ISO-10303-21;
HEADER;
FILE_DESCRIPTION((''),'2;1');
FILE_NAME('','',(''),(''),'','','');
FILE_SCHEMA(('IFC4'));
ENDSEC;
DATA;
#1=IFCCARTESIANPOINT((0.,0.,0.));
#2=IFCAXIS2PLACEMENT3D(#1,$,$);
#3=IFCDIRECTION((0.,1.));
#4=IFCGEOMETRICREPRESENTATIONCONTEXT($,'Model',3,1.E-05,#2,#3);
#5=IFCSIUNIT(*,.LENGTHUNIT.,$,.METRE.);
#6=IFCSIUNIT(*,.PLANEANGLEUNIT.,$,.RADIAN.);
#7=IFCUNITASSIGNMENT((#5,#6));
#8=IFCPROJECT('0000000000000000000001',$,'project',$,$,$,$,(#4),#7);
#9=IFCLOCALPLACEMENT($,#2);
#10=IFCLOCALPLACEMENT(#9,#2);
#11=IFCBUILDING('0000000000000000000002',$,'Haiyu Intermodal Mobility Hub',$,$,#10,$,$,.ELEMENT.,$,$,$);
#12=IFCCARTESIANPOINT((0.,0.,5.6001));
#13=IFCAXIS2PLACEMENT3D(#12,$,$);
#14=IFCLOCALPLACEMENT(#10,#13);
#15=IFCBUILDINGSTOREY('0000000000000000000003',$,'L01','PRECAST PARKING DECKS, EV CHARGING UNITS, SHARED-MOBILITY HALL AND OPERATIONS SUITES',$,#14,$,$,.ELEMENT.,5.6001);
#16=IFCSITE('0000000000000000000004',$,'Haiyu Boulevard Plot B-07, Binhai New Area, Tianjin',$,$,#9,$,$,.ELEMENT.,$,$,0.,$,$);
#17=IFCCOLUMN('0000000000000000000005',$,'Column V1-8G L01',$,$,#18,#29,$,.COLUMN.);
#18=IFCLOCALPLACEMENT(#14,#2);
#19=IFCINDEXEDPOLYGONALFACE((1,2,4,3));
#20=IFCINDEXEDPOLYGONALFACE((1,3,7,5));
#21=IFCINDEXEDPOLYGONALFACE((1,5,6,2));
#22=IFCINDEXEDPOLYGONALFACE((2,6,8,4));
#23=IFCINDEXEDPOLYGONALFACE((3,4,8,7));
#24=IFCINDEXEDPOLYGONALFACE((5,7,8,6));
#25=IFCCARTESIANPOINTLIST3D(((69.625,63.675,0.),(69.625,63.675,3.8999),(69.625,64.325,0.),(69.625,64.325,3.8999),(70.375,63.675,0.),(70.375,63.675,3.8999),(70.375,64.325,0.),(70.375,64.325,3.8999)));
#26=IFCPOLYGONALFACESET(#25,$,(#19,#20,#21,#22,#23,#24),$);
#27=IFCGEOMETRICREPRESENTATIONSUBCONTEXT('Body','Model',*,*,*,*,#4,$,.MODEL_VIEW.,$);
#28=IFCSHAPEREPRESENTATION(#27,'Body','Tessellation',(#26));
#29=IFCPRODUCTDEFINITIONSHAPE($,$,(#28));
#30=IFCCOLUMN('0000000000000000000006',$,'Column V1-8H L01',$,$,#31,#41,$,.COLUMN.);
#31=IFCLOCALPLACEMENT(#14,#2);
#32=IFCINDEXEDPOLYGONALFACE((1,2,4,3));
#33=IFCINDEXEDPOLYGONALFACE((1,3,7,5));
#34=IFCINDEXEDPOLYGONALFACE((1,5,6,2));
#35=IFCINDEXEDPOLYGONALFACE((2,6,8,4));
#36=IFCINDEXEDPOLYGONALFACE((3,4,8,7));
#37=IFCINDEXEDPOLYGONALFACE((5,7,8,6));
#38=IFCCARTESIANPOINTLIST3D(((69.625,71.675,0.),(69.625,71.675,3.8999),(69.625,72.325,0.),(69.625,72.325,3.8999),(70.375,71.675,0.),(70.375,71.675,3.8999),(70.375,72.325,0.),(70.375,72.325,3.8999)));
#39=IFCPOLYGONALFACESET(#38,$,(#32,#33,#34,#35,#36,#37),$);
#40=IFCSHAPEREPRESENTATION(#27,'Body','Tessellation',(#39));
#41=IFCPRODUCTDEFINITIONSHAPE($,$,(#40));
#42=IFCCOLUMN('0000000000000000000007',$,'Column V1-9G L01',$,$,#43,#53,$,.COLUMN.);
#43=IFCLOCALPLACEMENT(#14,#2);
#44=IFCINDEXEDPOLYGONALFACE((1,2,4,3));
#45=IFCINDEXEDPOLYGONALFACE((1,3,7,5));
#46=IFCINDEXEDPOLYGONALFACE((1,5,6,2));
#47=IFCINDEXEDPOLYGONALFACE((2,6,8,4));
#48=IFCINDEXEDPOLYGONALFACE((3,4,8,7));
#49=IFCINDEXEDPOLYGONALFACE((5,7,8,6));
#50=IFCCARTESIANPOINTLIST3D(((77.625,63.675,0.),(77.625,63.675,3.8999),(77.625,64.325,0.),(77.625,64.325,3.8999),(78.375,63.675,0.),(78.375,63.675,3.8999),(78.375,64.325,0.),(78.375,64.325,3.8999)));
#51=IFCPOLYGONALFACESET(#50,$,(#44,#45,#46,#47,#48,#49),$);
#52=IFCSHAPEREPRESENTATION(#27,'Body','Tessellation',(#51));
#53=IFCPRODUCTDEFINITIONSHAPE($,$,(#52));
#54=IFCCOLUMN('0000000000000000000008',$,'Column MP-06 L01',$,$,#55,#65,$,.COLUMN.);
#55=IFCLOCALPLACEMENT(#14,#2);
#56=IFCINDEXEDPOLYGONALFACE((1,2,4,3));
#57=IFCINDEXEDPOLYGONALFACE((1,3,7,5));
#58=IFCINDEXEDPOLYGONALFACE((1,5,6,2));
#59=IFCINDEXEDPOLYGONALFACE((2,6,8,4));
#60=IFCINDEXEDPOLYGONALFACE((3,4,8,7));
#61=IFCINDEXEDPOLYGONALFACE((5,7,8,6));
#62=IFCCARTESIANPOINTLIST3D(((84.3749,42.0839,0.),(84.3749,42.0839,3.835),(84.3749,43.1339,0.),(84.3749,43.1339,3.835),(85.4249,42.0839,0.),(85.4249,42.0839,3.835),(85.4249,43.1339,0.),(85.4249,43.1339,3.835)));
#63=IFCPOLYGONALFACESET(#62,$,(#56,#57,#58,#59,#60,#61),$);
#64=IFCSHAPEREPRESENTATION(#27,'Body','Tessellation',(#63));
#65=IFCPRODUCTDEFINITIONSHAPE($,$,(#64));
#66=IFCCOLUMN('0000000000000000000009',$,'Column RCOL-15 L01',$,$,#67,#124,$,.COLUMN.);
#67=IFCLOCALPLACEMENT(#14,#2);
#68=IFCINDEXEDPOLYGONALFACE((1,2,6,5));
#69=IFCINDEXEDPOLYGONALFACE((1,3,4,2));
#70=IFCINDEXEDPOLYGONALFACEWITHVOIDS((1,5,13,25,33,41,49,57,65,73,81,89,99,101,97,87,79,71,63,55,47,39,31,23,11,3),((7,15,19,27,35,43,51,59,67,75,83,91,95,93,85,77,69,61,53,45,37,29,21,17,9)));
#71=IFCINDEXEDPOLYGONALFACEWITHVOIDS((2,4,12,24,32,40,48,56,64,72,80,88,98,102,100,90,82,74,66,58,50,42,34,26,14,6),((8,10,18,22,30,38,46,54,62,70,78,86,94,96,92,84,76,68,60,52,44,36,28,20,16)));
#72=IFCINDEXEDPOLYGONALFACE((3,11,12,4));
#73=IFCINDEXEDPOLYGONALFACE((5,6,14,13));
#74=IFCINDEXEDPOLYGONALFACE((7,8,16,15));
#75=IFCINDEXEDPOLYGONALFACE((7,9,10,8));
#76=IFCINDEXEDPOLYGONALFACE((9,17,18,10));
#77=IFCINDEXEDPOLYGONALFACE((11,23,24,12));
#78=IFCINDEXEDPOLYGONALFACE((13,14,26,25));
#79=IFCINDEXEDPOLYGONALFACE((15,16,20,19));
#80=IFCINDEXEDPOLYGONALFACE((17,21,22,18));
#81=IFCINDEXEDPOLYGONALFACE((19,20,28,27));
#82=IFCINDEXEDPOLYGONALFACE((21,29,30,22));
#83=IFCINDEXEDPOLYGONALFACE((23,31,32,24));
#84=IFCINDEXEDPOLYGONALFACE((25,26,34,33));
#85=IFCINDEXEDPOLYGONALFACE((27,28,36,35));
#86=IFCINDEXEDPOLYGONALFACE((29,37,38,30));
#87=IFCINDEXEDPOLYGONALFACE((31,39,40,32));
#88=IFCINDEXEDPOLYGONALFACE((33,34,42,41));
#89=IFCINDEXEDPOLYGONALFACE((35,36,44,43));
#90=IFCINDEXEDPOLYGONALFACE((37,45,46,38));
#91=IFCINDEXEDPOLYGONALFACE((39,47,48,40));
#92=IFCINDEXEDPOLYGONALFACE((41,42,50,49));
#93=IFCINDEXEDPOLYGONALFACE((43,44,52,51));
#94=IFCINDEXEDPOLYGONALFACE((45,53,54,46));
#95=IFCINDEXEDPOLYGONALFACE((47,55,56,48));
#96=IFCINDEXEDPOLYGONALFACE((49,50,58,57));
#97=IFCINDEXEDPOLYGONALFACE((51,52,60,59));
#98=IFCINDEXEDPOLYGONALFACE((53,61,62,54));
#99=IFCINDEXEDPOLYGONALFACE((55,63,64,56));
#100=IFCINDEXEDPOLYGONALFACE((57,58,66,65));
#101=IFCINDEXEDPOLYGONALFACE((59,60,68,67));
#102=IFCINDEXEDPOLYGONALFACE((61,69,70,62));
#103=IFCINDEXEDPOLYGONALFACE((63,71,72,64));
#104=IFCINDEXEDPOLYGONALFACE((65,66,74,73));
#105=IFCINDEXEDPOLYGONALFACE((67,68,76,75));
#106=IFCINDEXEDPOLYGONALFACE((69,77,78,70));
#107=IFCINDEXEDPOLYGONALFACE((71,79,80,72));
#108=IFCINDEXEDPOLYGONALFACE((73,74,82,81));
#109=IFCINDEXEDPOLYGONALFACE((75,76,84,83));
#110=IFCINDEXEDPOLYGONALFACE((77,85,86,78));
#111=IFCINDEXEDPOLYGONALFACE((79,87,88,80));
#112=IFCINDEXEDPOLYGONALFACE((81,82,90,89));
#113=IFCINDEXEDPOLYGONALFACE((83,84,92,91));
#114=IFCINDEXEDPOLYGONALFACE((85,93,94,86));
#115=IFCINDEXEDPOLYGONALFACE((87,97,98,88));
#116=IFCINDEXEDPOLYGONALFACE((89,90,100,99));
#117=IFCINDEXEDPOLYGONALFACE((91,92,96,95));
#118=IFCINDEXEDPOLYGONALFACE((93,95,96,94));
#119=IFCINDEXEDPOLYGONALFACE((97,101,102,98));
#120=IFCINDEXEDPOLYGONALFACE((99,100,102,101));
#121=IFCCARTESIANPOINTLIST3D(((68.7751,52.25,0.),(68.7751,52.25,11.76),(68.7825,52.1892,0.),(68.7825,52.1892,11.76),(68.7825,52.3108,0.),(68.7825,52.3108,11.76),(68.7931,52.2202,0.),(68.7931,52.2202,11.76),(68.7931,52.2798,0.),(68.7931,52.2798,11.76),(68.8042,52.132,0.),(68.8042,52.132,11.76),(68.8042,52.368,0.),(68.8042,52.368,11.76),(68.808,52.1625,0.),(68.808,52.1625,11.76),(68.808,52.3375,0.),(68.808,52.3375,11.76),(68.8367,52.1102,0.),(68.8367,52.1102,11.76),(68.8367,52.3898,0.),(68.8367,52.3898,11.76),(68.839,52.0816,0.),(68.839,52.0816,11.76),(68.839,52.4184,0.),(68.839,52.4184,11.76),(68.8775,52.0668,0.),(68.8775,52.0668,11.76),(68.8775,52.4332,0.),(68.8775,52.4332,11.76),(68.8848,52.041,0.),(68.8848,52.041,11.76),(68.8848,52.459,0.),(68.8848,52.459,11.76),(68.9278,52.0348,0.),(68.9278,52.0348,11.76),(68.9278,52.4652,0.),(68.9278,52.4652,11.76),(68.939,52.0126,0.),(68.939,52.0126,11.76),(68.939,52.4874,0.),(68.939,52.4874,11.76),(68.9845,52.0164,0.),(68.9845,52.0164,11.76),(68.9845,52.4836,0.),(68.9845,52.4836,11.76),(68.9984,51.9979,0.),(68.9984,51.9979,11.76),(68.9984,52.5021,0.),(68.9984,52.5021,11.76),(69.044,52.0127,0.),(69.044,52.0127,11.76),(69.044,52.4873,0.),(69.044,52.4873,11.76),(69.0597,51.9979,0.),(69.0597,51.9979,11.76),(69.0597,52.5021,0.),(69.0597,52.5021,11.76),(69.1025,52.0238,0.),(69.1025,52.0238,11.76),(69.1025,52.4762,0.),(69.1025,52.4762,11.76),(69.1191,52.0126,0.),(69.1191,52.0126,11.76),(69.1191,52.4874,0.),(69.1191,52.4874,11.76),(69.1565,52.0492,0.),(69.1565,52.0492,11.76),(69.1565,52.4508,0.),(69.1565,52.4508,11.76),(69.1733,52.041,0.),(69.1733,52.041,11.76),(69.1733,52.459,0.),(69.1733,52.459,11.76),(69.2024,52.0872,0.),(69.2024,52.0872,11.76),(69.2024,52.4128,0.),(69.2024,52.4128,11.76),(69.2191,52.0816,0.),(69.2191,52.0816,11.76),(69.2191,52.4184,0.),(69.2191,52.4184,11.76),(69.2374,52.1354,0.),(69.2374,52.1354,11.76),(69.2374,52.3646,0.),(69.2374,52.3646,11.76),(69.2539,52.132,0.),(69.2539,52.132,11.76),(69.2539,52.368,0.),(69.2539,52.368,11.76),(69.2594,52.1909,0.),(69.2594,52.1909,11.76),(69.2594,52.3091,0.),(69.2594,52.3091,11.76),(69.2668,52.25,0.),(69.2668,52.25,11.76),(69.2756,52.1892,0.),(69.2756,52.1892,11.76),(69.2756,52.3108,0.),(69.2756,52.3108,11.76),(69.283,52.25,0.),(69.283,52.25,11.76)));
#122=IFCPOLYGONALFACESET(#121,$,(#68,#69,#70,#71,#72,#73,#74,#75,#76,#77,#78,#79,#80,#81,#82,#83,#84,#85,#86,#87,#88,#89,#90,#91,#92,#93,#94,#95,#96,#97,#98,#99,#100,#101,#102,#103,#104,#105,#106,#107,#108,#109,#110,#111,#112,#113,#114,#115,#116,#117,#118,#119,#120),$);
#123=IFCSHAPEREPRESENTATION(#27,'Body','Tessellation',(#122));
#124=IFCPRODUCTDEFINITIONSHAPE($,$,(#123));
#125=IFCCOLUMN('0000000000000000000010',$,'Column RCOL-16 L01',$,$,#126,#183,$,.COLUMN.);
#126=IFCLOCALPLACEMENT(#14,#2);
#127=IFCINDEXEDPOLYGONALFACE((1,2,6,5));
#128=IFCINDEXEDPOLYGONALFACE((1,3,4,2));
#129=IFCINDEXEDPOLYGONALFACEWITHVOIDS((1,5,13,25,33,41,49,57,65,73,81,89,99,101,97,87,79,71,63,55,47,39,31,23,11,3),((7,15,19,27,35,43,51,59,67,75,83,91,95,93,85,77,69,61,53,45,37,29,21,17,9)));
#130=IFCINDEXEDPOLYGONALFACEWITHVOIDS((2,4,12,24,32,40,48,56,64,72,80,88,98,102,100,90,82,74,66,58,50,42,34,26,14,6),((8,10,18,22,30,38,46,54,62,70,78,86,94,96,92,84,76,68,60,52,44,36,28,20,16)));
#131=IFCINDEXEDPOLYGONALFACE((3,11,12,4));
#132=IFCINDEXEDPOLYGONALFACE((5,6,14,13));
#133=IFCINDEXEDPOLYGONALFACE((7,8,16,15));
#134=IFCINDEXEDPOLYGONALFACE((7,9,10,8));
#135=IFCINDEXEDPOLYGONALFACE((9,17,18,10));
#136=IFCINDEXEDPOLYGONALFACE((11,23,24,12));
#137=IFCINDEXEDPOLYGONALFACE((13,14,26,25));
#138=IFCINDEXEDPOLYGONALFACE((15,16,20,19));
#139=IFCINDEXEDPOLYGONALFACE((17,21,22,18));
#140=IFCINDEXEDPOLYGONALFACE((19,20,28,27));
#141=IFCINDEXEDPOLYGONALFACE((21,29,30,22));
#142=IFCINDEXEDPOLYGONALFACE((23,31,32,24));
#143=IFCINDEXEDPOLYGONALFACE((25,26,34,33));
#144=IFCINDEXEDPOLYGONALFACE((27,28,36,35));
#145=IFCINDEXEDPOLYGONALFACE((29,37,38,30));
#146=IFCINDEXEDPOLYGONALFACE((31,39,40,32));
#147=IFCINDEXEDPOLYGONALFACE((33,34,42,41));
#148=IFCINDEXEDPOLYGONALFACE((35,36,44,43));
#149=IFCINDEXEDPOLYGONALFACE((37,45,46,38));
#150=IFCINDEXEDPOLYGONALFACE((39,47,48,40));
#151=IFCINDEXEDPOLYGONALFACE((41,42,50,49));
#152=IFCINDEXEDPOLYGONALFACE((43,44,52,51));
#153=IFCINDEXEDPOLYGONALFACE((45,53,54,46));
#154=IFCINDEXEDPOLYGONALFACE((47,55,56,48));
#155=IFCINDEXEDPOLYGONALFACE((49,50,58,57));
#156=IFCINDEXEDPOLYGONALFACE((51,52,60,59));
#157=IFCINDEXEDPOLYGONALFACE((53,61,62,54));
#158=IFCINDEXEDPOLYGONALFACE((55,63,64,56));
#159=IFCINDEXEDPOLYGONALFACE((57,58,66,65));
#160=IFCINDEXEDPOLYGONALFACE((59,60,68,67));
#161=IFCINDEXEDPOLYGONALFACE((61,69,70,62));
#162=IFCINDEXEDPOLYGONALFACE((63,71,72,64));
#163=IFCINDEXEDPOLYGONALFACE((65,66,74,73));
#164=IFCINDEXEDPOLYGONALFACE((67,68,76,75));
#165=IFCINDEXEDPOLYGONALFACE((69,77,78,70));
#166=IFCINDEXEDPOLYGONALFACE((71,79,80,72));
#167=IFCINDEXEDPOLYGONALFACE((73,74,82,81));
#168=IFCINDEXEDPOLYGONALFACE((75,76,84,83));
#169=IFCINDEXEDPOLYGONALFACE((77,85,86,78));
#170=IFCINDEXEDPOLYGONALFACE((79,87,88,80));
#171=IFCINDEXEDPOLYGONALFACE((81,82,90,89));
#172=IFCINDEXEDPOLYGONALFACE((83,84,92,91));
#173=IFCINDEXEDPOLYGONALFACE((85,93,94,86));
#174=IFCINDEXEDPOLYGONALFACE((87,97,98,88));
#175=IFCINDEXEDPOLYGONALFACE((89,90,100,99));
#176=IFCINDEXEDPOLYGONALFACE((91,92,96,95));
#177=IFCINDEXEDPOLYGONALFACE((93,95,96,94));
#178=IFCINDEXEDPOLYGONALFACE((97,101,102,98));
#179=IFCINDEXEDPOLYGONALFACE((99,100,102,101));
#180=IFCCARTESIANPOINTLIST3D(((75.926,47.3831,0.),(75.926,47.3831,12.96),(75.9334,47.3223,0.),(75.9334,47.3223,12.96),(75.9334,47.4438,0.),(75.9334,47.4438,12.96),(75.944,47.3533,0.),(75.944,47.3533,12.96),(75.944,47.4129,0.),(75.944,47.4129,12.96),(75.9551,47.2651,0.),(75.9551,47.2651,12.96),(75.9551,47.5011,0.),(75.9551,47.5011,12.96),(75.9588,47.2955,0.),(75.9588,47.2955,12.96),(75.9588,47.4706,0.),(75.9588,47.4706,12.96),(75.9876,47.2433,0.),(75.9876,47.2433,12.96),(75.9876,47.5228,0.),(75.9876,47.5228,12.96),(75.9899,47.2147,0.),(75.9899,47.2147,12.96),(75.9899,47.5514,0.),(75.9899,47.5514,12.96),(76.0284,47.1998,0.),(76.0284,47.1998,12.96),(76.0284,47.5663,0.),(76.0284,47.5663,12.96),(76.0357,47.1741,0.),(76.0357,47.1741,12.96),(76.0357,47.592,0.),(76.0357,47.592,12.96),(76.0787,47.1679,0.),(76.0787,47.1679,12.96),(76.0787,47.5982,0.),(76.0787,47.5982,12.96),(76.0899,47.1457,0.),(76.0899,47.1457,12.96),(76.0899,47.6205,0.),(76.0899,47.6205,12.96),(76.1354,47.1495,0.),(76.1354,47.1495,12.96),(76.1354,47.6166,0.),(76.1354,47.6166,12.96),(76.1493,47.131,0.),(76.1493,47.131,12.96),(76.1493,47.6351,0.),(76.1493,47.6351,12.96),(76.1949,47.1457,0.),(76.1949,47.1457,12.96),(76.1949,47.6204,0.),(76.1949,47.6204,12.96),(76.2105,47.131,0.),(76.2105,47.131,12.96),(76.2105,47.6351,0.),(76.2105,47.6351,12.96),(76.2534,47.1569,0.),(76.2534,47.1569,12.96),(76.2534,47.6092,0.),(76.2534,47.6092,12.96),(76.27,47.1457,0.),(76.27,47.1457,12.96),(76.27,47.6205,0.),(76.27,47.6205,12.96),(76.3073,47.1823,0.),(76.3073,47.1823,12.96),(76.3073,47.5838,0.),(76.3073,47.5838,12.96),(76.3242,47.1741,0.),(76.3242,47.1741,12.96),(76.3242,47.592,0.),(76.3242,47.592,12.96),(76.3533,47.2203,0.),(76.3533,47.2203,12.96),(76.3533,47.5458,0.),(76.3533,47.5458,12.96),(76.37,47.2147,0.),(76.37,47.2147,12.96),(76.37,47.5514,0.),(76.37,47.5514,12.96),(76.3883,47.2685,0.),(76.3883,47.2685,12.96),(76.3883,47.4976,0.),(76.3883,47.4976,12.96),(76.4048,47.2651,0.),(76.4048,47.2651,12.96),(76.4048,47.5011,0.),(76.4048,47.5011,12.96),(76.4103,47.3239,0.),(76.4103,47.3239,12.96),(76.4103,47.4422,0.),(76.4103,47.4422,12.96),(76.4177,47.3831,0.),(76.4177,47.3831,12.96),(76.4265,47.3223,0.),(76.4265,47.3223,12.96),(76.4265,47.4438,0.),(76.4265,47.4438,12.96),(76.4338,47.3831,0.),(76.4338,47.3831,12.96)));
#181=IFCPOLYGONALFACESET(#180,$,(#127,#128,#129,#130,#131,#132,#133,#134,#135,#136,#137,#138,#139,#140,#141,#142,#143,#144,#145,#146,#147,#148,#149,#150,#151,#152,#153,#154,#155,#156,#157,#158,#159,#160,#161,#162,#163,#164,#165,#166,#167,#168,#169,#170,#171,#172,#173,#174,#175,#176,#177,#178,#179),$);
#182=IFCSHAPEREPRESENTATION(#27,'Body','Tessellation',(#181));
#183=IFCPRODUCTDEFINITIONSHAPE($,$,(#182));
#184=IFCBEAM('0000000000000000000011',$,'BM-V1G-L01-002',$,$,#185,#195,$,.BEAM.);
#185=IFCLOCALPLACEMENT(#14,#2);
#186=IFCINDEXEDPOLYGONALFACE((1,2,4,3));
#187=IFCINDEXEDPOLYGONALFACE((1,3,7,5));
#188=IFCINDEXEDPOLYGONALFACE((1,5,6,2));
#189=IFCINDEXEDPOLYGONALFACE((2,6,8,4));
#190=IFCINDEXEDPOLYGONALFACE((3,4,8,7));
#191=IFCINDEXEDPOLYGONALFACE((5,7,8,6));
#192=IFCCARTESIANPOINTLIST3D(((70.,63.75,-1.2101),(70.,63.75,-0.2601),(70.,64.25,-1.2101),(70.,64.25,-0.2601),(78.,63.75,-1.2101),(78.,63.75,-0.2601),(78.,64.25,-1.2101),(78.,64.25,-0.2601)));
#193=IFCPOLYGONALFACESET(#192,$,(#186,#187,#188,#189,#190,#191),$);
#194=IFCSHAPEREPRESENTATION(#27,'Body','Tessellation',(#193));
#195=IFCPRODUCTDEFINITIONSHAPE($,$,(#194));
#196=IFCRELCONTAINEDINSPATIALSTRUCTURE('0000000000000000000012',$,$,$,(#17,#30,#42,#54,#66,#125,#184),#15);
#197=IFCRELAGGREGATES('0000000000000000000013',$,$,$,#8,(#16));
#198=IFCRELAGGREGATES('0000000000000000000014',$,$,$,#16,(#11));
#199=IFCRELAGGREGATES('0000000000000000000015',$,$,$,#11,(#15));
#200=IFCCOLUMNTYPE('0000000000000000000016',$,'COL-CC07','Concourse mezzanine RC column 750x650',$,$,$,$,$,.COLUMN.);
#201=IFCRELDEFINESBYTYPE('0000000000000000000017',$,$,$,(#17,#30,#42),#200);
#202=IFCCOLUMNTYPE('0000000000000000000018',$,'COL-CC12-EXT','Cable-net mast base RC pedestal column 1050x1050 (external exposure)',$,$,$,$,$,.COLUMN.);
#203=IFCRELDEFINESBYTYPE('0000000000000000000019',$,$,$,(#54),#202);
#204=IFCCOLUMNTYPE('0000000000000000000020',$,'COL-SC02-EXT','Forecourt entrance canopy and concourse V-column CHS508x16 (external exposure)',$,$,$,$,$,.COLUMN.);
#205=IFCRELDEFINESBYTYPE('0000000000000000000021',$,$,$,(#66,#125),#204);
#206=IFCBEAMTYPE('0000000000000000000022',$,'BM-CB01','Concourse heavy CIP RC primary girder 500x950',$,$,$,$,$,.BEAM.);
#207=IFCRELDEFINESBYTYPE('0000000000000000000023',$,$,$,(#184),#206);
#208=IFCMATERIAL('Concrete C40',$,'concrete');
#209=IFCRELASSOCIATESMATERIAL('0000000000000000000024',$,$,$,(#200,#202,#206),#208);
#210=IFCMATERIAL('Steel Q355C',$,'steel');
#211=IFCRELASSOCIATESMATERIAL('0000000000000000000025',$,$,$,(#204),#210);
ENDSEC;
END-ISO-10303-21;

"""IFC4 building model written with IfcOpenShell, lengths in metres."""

from ifc_helpers import new_model, si_unit, direction, frame, origin, origin_2d, place, context, subcontext, project, spatial, rectangle, hollow_circle, extrude, material, material_profile, profile_set, type_object, element, save


model = new_model("IFC4")

# Units and contexts
model_context = context("Model", 3, precision=1e-05, world=origin(), true_north=direction((0.0, 1.0)))
body_context = subcontext(model_context, "Body", "Model", "MODEL_VIEW")
ifc_project = project(units=[si_unit("LENGTHUNIT", "METRE"), si_unit("PLANEANGLEUNIT", "RADIAN")], contexts=[model_context])

# Site, building, storey
site_placement = place(None, origin())
site = spatial("IfcSite", under=ifc_project, at=site_placement, Name="Haiyu Boulevard Plot B-07, Binhai New Area, Tianjin", CompositionType="ELEMENT", RefElevation=0.0)
building_placement = place(site_placement, origin())
building = spatial("IfcBuilding", under=site, at=building_placement, Name="Haiyu Intermodal Mobility Hub", CompositionType="ELEMENT")
storey_placement = place(building_placement, frame((0.0, 0.0, 5.6001)))
storey = spatial("IfcBuildingStorey", under=building, at=storey_placement, Name="L01", Description="PRECAST PARKING DECKS, EV CHARGING UNITS, SHARED-MOBILITY HALL AND OPERATIONS SUITES", CompositionType="ELEMENT", Elevation=5.6001)

# Columns
ifc_material_1 = material(Name="Concrete C40", Category="concrete")
ifc_material_profile_1 = material_profile(ifc_material_1, rectangle(XDim=0.75, YDim=0.6499, at=origin_2d()), Name="RC750x650")
ifc_profile_set_1 = profile_set([ifc_material_profile_1], Name="Concrete C40")
column_type_1 = type_object("IfcColumnType", Name="COL-CC07", Description="Concourse mezzanine RC column 750x650", PredefinedType="COLUMN", material=ifc_profile_set_1)
for number, where, z_axis, x_axis, name in (
    (1, (70.0, 64.0, 0.0), (0.0, 0.0, 1.0), (1.0, 0.0, 0.0), "Column V1-8G L01"),
    (2, (70.0, 72.0, 0.0), (0.0, 0.0, 1.0), (1.0, 0.0, 0.0), "Column V1-8H L01"),
    (3, (78.0, 64.0, 0.0), (0.0, 0.0, 1.0), (1.0, 0.0, 0.0), "Column V1-9G L01"),
):
    element("IfcColumn", number, at=place(storey_placement, frame(where, z_axis=z_axis, x_axis=x_axis)), inside=storey, type_object=column_type_1, Name=name, PredefinedType="COLUMN", context=body_context, shape_type="SweptSolid", body=[
        extrude(rectangle(XDim=0.75, YDim=0.6499, at=origin_2d()), origin(), (0.0, 0.0, 1.0), 3.8999),
    ])
ifc_material_profile_2 = material_profile(ifc_material_1, rectangle(XDim=1.05, YDim=1.05, at=origin_2d()), Name="RC1050x1050")
ifc_profile_set_2 = profile_set([ifc_material_profile_2], Name="Concrete C40")
column_type_2 = type_object("IfcColumnType", Name="COL-CC12-EXT", Description="Cable-net mast base RC pedestal column 1050x1050 (external exposure)", PredefinedType="COLUMN", material=ifc_profile_set_2)
column_1_placement = place(storey_placement, frame((84.8999, 42.6089, 0.0), z_axis=(0.0, 0.0, 1.0), x_axis=(1.0, 0.0, 0.0)))
element("IfcColumn", 4, at=column_1_placement, inside=storey, type_object=column_type_2, Name="Column MP-06 L01", PredefinedType="COLUMN", context=body_context, shape_type="SweptSolid", body=[
    extrude(rectangle(XDim=1.05, YDim=1.05, at=origin_2d()), origin(), (0.0, 0.0, 1.0), 3.835),
])
ifc_material_2 = material(Name="Steel Q355C", Category="steel")
ifc_material_profile_3 = material_profile(ifc_material_2, hollow_circle(Radius=0.2539, WallThickness=0.0161, at=origin_2d()), Name="CHS508x16")
ifc_profile_set_3 = profile_set([ifc_material_profile_3], Name="Steel Q355C")
column_type_3 = type_object("IfcColumnType", Name="COL-SC02-EXT", Description="Forecourt entrance canopy and concourse V-column CHS508x16 (external exposure)", PredefinedType="COLUMN", material=ifc_profile_set_3)
column_2_placement = place(storey_placement, frame((69.0291, 52.25, 0.0), z_axis=(0.0, 0.0, 1.0), x_axis=(1.0, 0.0, 0.0)))
element("IfcColumn", 5, at=column_2_placement, inside=storey, type_object=column_type_3, Name="Column RCOL-15 L01", PredefinedType="COLUMN", context=body_context, shape_type="SweptSolid", body=[
    extrude(hollow_circle(Radius=0.2539, WallThickness=0.0161, at=origin_2d()), origin(), (0.0, 0.0, 1.0), 11.76),
])
column_3_placement = place(storey_placement, frame((76.1799, 47.3831, 0.0), z_axis=(0.0, 0.0, 1.0), x_axis=(1.0, 0.0, 0.0)))
element("IfcColumn", 6, at=column_3_placement, inside=storey, type_object=column_type_3, Name="Column RCOL-16 L01", PredefinedType="COLUMN", context=body_context, shape_type="SweptSolid", body=[
    extrude(hollow_circle(Radius=0.2539, WallThickness=0.0161, at=origin_2d()), origin(), (0.0, 0.0, 1.0), 12.96),
])

# Beam
ifc_material_profile_4 = material_profile(ifc_material_1, rectangle(XDim=0.5, YDim=0.95, at=origin_2d()), Name="RCB500x950")
ifc_profile_set_4 = profile_set([ifc_material_profile_4], Name="Concrete C40")
beam_type_1 = type_object("IfcBeamType", Name="BM-CB01", Description="Concourse heavy CIP RC primary girder 500x950", PredefinedType="BEAM", material=ifc_profile_set_4)
beam_1_placement = place(storey_placement, frame((70.0, 64.0, -0.7351), z_axis=(1.0, 0.0, 0.0), x_axis=(0.0, 1.0, 0.0)))
element("IfcBeam", 7, at=beam_1_placement, inside=storey, type_object=beam_type_1, Name="BM-V1G-L01-002", PredefinedType="BEAM", context=body_context, shape_type="SweptSolid", body=[
    extrude(rectangle(XDim=0.5, YDim=0.95, at=origin_2d()), origin(), (0.0, 0.0, 1.0), 8.0),
])

save(model, "model.ifc")
